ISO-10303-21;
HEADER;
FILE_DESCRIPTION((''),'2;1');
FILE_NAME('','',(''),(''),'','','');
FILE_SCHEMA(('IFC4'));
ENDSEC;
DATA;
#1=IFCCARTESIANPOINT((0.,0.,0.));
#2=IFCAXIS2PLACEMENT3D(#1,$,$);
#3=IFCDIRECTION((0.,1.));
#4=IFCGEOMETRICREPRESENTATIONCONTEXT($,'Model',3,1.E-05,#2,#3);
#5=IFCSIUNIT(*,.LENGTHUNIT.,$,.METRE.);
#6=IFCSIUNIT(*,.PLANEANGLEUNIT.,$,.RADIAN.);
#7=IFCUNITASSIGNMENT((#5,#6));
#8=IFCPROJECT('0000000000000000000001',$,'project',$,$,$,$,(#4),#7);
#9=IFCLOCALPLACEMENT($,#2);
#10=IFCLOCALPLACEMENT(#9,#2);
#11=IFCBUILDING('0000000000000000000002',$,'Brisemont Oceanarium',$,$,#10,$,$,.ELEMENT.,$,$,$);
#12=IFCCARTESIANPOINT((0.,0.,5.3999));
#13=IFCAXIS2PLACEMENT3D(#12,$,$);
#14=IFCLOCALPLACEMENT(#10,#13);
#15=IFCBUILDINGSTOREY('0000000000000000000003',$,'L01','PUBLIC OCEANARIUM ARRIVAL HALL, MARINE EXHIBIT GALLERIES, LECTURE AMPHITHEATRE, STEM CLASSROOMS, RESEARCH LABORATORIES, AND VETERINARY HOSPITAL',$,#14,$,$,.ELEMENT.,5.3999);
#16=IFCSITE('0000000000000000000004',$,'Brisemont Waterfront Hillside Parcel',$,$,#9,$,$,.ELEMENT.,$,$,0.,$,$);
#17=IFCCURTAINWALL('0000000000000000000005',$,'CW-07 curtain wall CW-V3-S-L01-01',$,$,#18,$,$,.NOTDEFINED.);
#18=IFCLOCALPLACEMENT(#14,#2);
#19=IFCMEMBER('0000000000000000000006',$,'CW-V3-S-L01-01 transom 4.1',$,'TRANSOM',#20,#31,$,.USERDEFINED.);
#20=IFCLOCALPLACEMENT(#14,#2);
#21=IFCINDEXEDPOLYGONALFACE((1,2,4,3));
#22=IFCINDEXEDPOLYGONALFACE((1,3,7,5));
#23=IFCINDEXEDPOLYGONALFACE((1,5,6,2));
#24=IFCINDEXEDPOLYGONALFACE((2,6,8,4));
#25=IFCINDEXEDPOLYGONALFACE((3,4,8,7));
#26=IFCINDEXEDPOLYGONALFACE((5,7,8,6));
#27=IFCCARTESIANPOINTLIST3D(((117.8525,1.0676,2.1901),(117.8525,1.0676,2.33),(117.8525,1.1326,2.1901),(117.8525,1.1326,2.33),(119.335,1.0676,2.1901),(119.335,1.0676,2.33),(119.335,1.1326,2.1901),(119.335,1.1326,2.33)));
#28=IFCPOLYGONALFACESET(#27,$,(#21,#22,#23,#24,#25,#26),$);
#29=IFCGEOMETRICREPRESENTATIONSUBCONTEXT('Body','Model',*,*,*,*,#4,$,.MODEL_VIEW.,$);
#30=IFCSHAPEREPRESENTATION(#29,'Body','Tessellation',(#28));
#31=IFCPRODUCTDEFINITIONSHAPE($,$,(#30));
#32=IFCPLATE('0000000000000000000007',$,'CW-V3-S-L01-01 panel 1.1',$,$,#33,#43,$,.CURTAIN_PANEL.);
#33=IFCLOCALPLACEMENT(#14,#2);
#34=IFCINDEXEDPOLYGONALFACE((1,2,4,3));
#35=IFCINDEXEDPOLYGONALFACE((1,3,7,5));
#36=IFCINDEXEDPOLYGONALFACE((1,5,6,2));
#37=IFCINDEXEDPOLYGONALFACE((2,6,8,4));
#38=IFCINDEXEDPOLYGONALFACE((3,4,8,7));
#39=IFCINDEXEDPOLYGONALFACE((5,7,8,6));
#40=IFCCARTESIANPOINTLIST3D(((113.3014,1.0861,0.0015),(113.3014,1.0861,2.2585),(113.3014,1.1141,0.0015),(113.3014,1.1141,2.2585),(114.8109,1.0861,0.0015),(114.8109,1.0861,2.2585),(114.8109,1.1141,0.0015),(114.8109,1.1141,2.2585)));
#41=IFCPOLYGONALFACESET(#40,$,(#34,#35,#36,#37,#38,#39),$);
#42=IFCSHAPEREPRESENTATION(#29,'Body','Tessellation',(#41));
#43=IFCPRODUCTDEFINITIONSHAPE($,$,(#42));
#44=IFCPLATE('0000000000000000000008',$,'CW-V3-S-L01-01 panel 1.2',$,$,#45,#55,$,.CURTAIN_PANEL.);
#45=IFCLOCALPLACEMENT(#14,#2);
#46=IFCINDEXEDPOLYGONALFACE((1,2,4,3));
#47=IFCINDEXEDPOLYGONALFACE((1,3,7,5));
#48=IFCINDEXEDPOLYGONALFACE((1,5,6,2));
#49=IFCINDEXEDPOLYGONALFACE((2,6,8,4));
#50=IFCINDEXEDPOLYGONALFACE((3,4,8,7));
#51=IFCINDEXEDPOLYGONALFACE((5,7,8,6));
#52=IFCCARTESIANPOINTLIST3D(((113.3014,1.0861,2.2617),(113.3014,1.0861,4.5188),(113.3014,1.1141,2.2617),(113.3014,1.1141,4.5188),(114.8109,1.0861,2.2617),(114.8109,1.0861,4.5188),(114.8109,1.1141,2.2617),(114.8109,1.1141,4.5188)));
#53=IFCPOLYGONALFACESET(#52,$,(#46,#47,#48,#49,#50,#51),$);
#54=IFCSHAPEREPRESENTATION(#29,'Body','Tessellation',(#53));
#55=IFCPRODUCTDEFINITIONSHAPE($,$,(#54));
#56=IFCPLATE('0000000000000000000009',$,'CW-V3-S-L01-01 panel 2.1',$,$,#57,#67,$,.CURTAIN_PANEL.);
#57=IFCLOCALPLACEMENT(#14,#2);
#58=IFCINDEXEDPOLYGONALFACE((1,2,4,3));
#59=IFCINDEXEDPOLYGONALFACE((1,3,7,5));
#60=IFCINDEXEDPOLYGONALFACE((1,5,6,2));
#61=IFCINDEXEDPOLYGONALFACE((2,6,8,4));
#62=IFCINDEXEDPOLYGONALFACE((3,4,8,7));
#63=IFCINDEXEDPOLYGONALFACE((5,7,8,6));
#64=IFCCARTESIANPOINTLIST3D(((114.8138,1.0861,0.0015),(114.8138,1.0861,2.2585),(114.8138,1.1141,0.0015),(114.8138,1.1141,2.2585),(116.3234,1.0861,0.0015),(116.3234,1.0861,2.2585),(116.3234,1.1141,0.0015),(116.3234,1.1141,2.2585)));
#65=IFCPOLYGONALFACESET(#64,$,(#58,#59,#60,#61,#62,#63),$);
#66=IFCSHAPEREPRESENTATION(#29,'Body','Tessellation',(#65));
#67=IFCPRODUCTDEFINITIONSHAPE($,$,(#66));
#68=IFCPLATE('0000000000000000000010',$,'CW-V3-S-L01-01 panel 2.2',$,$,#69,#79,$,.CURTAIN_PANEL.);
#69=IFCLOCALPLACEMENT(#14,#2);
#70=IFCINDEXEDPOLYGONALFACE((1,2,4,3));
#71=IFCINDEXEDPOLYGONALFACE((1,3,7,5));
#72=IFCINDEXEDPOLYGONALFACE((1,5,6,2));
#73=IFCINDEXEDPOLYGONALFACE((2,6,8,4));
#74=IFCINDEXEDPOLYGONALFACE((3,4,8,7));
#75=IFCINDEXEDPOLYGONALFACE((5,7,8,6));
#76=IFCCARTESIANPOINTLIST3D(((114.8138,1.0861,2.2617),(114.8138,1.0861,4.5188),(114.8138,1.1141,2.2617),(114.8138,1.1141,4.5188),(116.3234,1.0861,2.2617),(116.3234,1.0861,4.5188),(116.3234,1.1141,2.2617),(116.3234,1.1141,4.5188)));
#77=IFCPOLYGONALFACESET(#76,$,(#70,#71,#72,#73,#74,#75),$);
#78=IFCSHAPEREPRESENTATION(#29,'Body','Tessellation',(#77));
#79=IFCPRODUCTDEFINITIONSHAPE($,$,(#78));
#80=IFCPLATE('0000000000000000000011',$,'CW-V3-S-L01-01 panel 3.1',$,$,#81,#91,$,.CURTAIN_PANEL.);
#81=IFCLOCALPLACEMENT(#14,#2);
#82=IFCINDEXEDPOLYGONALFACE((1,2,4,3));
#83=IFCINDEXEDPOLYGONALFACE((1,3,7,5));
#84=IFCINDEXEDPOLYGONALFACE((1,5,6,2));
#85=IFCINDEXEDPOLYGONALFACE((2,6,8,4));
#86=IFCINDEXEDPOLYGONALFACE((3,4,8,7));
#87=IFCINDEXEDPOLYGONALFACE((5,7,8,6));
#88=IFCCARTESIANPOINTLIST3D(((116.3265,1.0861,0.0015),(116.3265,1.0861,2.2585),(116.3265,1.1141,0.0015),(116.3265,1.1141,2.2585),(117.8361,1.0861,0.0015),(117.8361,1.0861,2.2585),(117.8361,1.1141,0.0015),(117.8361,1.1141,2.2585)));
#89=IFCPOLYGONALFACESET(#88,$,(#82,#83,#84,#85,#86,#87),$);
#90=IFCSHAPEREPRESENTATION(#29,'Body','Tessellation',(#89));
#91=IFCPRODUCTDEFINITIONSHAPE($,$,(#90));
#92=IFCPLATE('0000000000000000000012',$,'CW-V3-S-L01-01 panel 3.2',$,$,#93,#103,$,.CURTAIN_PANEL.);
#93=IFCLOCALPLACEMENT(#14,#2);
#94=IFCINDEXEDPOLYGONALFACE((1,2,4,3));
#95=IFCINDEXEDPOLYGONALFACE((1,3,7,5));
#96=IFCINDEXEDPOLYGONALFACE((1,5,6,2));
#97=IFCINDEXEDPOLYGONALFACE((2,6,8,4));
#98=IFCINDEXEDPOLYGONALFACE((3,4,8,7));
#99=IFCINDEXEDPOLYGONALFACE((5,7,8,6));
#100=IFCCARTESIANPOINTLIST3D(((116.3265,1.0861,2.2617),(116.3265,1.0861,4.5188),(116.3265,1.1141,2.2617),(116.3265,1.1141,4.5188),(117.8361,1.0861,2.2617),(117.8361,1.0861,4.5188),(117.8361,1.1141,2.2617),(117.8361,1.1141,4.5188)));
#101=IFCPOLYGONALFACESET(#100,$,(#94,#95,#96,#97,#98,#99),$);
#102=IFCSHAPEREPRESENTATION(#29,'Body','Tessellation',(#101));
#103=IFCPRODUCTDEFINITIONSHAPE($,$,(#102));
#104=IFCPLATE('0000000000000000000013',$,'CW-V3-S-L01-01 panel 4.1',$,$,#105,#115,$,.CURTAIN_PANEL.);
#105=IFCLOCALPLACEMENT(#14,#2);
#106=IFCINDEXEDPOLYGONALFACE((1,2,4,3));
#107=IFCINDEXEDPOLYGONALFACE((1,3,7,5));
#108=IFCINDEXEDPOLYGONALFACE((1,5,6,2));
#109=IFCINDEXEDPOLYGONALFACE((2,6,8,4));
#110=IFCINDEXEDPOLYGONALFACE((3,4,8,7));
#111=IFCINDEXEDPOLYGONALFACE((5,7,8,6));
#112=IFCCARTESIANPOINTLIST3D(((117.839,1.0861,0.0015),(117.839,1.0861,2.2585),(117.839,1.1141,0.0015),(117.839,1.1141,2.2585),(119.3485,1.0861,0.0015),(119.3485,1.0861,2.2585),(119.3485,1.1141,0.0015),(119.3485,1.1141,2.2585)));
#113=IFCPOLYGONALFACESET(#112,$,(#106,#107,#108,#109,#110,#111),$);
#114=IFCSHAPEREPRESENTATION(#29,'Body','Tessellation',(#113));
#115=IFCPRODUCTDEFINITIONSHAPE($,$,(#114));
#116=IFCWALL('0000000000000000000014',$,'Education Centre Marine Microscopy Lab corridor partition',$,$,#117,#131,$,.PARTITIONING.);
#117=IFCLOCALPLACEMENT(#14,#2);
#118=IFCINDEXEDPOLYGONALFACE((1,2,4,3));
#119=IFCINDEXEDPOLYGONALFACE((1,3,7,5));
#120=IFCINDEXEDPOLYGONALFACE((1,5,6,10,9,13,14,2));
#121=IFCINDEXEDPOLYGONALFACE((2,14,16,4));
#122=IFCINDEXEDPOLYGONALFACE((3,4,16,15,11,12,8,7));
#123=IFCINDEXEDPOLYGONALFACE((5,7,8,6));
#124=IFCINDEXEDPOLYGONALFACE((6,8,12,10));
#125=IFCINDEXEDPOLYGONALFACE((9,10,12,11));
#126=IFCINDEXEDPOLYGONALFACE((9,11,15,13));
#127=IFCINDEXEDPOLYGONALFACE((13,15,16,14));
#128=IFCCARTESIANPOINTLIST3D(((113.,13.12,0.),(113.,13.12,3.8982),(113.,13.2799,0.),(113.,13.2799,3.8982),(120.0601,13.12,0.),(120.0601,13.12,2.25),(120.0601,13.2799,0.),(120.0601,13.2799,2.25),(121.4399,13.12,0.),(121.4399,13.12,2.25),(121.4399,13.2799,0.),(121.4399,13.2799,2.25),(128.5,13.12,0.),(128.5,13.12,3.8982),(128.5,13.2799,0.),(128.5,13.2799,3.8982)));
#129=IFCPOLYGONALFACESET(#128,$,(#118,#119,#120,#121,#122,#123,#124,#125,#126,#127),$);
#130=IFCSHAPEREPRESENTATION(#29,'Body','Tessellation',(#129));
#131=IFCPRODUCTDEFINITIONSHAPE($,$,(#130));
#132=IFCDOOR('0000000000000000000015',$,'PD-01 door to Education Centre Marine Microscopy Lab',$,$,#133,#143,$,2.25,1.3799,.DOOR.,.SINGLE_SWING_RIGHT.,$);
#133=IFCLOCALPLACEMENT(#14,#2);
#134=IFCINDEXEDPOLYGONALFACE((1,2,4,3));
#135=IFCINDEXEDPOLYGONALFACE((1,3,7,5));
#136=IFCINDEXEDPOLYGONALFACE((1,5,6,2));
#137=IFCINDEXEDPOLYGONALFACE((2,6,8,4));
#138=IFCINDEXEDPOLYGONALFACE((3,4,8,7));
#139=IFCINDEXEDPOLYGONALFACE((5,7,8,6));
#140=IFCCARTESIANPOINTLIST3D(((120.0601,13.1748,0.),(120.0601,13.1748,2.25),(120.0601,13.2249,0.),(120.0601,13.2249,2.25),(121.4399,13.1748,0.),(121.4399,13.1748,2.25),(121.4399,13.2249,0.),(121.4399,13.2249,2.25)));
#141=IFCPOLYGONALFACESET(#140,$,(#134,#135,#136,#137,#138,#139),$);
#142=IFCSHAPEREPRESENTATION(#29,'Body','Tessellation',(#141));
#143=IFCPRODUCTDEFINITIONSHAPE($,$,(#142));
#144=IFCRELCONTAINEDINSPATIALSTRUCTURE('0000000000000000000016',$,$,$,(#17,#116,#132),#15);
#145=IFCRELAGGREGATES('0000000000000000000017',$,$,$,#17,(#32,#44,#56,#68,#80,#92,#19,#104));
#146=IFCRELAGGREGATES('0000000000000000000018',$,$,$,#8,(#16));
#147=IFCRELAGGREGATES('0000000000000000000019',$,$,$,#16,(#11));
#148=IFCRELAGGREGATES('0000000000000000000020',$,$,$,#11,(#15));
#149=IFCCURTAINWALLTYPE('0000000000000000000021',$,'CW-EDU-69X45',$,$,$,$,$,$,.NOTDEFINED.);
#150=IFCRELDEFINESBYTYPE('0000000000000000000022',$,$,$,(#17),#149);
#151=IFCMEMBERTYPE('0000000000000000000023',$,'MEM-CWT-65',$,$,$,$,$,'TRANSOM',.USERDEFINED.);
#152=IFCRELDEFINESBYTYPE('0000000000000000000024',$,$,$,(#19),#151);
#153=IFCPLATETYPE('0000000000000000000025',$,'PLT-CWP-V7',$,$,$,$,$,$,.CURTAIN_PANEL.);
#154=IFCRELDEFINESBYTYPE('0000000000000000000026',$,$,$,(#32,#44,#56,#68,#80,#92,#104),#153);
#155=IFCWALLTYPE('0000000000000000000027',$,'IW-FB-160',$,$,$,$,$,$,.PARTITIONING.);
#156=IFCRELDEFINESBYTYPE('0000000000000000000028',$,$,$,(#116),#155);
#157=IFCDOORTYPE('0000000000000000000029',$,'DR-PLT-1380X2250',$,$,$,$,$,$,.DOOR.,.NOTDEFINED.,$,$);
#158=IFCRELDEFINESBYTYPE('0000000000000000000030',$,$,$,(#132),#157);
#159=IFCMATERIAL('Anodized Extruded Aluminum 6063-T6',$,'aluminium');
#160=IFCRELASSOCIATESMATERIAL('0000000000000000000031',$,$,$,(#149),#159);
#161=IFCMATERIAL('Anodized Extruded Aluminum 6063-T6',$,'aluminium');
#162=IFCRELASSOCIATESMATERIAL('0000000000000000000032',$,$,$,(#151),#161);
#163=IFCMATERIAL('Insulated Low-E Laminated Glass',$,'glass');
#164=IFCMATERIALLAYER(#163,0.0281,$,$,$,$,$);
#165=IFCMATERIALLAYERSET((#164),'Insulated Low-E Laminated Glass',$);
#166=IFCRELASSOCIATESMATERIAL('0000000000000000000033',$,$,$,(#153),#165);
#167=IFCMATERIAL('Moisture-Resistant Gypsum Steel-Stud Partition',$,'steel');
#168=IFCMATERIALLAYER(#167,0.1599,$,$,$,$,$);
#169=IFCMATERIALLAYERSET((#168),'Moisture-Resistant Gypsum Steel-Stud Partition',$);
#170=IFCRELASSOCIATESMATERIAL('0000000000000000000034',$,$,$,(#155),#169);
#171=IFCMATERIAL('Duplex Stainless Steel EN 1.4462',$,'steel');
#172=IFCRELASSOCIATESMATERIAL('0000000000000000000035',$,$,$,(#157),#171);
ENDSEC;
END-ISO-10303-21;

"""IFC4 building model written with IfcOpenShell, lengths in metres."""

from ifc_helpers import new_model, si_unit, direction, frame, frame_2d, origin, origin_2d, place, context, subcontext, project, spatial, rectangle, extrude, material, layer, layer_set, material_profile, profile_set, type_object, element, fill, aggregate, save


model = new_model("IFC4")

# Units and contexts
model_context = context("Model", 3, precision=1e-05, world=origin(), true_north=direction((0.0, 1.0)))
body_context = subcontext(model_context, "Body", "Model", "MODEL_VIEW")
ifc_project = project(units=[si_unit("LENGTHUNIT", "METRE"), si_unit("PLANEANGLEUNIT", "RADIAN")], contexts=[model_context])

# Site, building, storey
site_placement = place(None, origin())
site = spatial("IfcSite", under=ifc_project, at=site_placement, Name="Brisemont Waterfront Hillside Parcel", CompositionType="ELEMENT", RefElevation=0.0)
building_placement = place(site_placement, origin())
building = spatial("IfcBuilding", under=site, at=building_placement, Name="Brisemont Oceanarium", CompositionType="ELEMENT")
storey_placement = place(building_placement, frame((0.0, 0.0, 5.3999)))
storey = spatial("IfcBuildingStorey", under=building, at=storey_placement, Name="L01", Description="PUBLIC OCEANARIUM ARRIVAL HALL, MARINE EXHIBIT GALLERIES, LECTURE AMPHITHEATRE, STEM CLASSROOMS, RESEARCH LABORATORIES, AND VETERINARY HOSPITAL", CompositionType="ELEMENT", Elevation=5.3999)

# Curtain wall, member, plates
ifc_material_1 = material(Name="Anodized Extruded Aluminum 6063-T6", Category="aluminium")
curtain_wall_type = type_object("IfcCurtainWallType", Name="CW-EDU-69X45", PredefinedType="NOTDEFINED", material=ifc_material_1)
curtain_wall_placement = place(storey_placement, origin())
curtain_wall = element("IfcCurtainWall", 1, at=curtain_wall_placement, inside=storey, type_object=curtain_wall_type, Name="CW-07 curtain wall CW-V3-S-L01-01", PredefinedType="NOTDEFINED")
ifc_material_2 = material(Name="Anodized Extruded Aluminum 6063-T6", Category="aluminium")
ifc_material_profile_1 = material_profile(ifc_material_2, rectangle(XDim=0.0649, YDim=0.1399, at=origin_2d()), Name="CWT-65X140")
ifc_profile_set_1 = profile_set([ifc_material_profile_1], Name="Anodized Extruded Aluminum 6063-T6")
member_type_1 = type_object("IfcMemberType", Name="MEM-CWT-65", ElementType="TRANSOM", PredefinedType="USERDEFINED", material=ifc_profile_set_1)
member_1_placement = place(storey_placement, frame((117.8525, 1.1001, 2.26), z_axis=(1.0, 0.0, 0.0), x_axis=(0.0, 1.0, 0.0)))
member_1 = element("IfcMember", 2, at=member_1_placement, type_object=member_type_1, Name="CW-V3-S-L01-01 transom 4.1", ObjectType="TRANSOM", PredefinedType="USERDEFINED", context=body_context, shape_type="SweptSolid", body=[
    extrude(rectangle(XDim=0.0649, YDim=0.1399, at=origin_2d()), origin(), (0.0, 0.0, 1.0), 1.4824),
])
ifc_material_3 = material(Name="Insulated Low-E Laminated Glass", Category="glass")
ifc_layer_1 = layer(ifc_material_3, 0.0281)
ifc_layer_set_1 = layer_set([ifc_layer_1], Name="Insulated Low-E Laminated Glass")
plate_type = type_object("IfcPlateType", Name="PLT-CWP-V7", PredefinedType="CURTAIN_PANEL", material=ifc_layer_set_1)
plate_1_placement = place(storey_placement, frame((114.0562, 1.1001, 0.0015), z_axis=(0.0, 0.0, 1.0), x_axis=(1.0, 0.0, 0.0)))
plate_1 = element("IfcPlate", 3, at=plate_1_placement, type_object=plate_type, Name="CW-V3-S-L01-01 panel 1.1", PredefinedType="CURTAIN_PANEL", context=body_context, shape_type="SweptSolid", body=[
    extrude(rectangle(XDim=1.5095, YDim=0.0281, at=origin_2d()), origin(), (0.0, 0.0, 1.0), 2.2571),
])
plate_2_placement = place(storey_placement, frame((114.0562, 1.1001, 2.2617), z_axis=(0.0, 0.0, 1.0), x_axis=(1.0, 0.0, 0.0)))
plate_2 = element("IfcPlate", 4, at=plate_2_placement, type_object=plate_type, Name="CW-V3-S-L01-01 panel 1.2", PredefinedType="CURTAIN_PANEL", context=body_context, shape_type="SweptSolid", body=[
    extrude(rectangle(XDim=1.5095, YDim=0.0281, at=origin_2d()), origin(), (0.0, 0.0, 1.0), 2.2571),
])
plate_3_placement = place(storey_placement, frame((115.5686, 1.1001, 0.0015), z_axis=(0.0, 0.0, 1.0), x_axis=(1.0, 0.0, 0.0)))
plate_3 = element("IfcPlate", 5, at=plate_3_placement, type_object=plate_type, Name="CW-V3-S-L01-01 panel 2.1", PredefinedType="CURTAIN_PANEL", context=body_context, shape_type="SweptSolid", body=[
    extrude(rectangle(XDim=1.5095, YDim=0.0281, at=origin_2d()), origin(), (0.0, 0.0, 1.0), 2.2571),
])
plate_4_placement = place(storey_placement, frame((115.5686, 1.1001, 2.2617), z_axis=(0.0, 0.0, 1.0), x_axis=(1.0, 0.0, 0.0)))
plate_4 = element("IfcPlate", 6, at=plate_4_placement, type_object=plate_type, Name="CW-V3-S-L01-01 panel 2.2", PredefinedType="CURTAIN_PANEL", context=body_context, shape_type="SweptSolid", body=[
    extrude(rectangle(XDim=1.5095, YDim=0.0281, at=origin_2d()), origin(), (0.0, 0.0, 1.0), 2.2571),
])
plate_5_placement = place(storey_placement, frame((117.0813, 1.1001, 0.0015), z_axis=(0.0, 0.0, 1.0), x_axis=(1.0, 0.0, 0.0)))
plate_5 = element("IfcPlate", 7, at=plate_5_placement, type_object=plate_type, Name="CW-V3-S-L01-01 panel 3.1", PredefinedType="CURTAIN_PANEL", context=body_context, shape_type="SweptSolid", body=[
    extrude(rectangle(XDim=1.5095, YDim=0.0281, at=origin_2d()), origin(), (0.0, 0.0, 1.0), 2.2571),
])
plate_6_placement = place(storey_placement, frame((117.0813, 1.1001, 2.2617), z_axis=(0.0, 0.0, 1.0), x_axis=(1.0, 0.0, 0.0)))
plate_6 = element("IfcPlate", 8, at=plate_6_placement, type_object=plate_type, Name="CW-V3-S-L01-01 panel 3.2", PredefinedType="CURTAIN_PANEL", context=body_context, shape_type="SweptSolid", body=[
    extrude(rectangle(XDim=1.5095, YDim=0.0281, at=origin_2d()), origin(), (0.0, 0.0, 1.0), 2.2571),
])
plate_7_placement = place(storey_placement, frame((118.5938, 1.1001, 0.0015), z_axis=(0.0, 0.0, 1.0), x_axis=(1.0, 0.0, 0.0)))
plate_7 = element("IfcPlate", 9, at=plate_7_placement, type_object=plate_type, Name="CW-V3-S-L01-01 panel 4.1", PredefinedType="CURTAIN_PANEL", context=body_context, shape_type="SweptSolid", body=[
    extrude(rectangle(XDim=1.5095, YDim=0.0281, at=origin_2d()), origin(), (0.0, 0.0, 1.0), 2.2571),
])
aggregate(curtain_wall, [plate_1, plate_2, plate_3, plate_4, plate_5, plate_6, member_1, plate_7])

# Wall, opening, door
ifc_material_4 = material(Name="Moisture-Resistant Gypsum Steel-Stud Partition", Category="steel")
ifc_layer_2 = layer(ifc_material_4, 0.1599)
ifc_layer_set_2 = layer_set([ifc_layer_2], Name="Moisture-Resistant Gypsum Steel-Stud Partition")
wall_type = type_object("IfcWallType", Name="IW-FB-160", PredefinedType="PARTITIONING", material=ifc_layer_set_2)
wall_placement = place(storey_placement, frame((113.0, 13.2, 0.0), z_axis=(0.0, 0.0, 1.0), x_axis=(1.0, 0.0, 0.0)))
wall = element("IfcWall", 10, at=wall_placement, inside=storey, type_object=wall_type, Name="Education Centre Marine Microscopy Lab corridor partition", PredefinedType="PARTITIONING", context=body_context, shape_type="SweptSolid", body=[
    extrude(rectangle(XDim=15.5, YDim=0.1599, at=frame_2d((7.75, 0.0))), origin(), (0.0, 0.0, 1.0), 3.8982),
])
opening_placement = place(wall_placement, frame((7.0601, 0.0, 0.0)))
opening = element("IfcOpeningElement", 11, at=opening_placement, cuts=wall, PredefinedType="OPENING", context=body_context, shape_type="SweptSolid", body=[
    extrude(rectangle(XDim=1.3799, YDim=2.25, at=frame_2d((0.6899, 1.125))), frame((0.0, 0.0898, 0.0), z_axis=(0.0, -1.0, 0.0), x_axis=(1.0, 0.0, 0.0)), (0.0, 0.0, 1.0), 0.1799),
])
ifc_material_5 = material(Name="Duplex Stainless Steel EN 1.4462", Category="steel")
door_type = type_object("IfcDoorType", Name="DR-PLT-1380X2250", OperationType="NOTDEFINED", PredefinedType="DOOR", material=ifc_material_5)
door_placement = place(opening_placement, origin())
door = element("IfcDoor", 12, at=door_placement, inside=storey, type_object=door_type, Name="PD-01 door to Education Centre Marine Microscopy Lab", OperationType="SINGLE_SWING_RIGHT", OverallHeight=2.25, OverallWidth=1.3799, PredefinedType="DOOR", context=body_context, shape_type="SweptSolid", body=[
    extrude(rectangle(XDim=1.3799, YDim=2.25, at=frame_2d((0.6899, 1.125))), frame((0.0, 0.0249, 0.0), z_axis=(0.0, -1.0, 0.0), x_axis=(1.0, 0.0, 0.0)), (0.0, 0.0, 1.0), 0.05),
])
fill(opening, door)

save(model, "model.ifc")
